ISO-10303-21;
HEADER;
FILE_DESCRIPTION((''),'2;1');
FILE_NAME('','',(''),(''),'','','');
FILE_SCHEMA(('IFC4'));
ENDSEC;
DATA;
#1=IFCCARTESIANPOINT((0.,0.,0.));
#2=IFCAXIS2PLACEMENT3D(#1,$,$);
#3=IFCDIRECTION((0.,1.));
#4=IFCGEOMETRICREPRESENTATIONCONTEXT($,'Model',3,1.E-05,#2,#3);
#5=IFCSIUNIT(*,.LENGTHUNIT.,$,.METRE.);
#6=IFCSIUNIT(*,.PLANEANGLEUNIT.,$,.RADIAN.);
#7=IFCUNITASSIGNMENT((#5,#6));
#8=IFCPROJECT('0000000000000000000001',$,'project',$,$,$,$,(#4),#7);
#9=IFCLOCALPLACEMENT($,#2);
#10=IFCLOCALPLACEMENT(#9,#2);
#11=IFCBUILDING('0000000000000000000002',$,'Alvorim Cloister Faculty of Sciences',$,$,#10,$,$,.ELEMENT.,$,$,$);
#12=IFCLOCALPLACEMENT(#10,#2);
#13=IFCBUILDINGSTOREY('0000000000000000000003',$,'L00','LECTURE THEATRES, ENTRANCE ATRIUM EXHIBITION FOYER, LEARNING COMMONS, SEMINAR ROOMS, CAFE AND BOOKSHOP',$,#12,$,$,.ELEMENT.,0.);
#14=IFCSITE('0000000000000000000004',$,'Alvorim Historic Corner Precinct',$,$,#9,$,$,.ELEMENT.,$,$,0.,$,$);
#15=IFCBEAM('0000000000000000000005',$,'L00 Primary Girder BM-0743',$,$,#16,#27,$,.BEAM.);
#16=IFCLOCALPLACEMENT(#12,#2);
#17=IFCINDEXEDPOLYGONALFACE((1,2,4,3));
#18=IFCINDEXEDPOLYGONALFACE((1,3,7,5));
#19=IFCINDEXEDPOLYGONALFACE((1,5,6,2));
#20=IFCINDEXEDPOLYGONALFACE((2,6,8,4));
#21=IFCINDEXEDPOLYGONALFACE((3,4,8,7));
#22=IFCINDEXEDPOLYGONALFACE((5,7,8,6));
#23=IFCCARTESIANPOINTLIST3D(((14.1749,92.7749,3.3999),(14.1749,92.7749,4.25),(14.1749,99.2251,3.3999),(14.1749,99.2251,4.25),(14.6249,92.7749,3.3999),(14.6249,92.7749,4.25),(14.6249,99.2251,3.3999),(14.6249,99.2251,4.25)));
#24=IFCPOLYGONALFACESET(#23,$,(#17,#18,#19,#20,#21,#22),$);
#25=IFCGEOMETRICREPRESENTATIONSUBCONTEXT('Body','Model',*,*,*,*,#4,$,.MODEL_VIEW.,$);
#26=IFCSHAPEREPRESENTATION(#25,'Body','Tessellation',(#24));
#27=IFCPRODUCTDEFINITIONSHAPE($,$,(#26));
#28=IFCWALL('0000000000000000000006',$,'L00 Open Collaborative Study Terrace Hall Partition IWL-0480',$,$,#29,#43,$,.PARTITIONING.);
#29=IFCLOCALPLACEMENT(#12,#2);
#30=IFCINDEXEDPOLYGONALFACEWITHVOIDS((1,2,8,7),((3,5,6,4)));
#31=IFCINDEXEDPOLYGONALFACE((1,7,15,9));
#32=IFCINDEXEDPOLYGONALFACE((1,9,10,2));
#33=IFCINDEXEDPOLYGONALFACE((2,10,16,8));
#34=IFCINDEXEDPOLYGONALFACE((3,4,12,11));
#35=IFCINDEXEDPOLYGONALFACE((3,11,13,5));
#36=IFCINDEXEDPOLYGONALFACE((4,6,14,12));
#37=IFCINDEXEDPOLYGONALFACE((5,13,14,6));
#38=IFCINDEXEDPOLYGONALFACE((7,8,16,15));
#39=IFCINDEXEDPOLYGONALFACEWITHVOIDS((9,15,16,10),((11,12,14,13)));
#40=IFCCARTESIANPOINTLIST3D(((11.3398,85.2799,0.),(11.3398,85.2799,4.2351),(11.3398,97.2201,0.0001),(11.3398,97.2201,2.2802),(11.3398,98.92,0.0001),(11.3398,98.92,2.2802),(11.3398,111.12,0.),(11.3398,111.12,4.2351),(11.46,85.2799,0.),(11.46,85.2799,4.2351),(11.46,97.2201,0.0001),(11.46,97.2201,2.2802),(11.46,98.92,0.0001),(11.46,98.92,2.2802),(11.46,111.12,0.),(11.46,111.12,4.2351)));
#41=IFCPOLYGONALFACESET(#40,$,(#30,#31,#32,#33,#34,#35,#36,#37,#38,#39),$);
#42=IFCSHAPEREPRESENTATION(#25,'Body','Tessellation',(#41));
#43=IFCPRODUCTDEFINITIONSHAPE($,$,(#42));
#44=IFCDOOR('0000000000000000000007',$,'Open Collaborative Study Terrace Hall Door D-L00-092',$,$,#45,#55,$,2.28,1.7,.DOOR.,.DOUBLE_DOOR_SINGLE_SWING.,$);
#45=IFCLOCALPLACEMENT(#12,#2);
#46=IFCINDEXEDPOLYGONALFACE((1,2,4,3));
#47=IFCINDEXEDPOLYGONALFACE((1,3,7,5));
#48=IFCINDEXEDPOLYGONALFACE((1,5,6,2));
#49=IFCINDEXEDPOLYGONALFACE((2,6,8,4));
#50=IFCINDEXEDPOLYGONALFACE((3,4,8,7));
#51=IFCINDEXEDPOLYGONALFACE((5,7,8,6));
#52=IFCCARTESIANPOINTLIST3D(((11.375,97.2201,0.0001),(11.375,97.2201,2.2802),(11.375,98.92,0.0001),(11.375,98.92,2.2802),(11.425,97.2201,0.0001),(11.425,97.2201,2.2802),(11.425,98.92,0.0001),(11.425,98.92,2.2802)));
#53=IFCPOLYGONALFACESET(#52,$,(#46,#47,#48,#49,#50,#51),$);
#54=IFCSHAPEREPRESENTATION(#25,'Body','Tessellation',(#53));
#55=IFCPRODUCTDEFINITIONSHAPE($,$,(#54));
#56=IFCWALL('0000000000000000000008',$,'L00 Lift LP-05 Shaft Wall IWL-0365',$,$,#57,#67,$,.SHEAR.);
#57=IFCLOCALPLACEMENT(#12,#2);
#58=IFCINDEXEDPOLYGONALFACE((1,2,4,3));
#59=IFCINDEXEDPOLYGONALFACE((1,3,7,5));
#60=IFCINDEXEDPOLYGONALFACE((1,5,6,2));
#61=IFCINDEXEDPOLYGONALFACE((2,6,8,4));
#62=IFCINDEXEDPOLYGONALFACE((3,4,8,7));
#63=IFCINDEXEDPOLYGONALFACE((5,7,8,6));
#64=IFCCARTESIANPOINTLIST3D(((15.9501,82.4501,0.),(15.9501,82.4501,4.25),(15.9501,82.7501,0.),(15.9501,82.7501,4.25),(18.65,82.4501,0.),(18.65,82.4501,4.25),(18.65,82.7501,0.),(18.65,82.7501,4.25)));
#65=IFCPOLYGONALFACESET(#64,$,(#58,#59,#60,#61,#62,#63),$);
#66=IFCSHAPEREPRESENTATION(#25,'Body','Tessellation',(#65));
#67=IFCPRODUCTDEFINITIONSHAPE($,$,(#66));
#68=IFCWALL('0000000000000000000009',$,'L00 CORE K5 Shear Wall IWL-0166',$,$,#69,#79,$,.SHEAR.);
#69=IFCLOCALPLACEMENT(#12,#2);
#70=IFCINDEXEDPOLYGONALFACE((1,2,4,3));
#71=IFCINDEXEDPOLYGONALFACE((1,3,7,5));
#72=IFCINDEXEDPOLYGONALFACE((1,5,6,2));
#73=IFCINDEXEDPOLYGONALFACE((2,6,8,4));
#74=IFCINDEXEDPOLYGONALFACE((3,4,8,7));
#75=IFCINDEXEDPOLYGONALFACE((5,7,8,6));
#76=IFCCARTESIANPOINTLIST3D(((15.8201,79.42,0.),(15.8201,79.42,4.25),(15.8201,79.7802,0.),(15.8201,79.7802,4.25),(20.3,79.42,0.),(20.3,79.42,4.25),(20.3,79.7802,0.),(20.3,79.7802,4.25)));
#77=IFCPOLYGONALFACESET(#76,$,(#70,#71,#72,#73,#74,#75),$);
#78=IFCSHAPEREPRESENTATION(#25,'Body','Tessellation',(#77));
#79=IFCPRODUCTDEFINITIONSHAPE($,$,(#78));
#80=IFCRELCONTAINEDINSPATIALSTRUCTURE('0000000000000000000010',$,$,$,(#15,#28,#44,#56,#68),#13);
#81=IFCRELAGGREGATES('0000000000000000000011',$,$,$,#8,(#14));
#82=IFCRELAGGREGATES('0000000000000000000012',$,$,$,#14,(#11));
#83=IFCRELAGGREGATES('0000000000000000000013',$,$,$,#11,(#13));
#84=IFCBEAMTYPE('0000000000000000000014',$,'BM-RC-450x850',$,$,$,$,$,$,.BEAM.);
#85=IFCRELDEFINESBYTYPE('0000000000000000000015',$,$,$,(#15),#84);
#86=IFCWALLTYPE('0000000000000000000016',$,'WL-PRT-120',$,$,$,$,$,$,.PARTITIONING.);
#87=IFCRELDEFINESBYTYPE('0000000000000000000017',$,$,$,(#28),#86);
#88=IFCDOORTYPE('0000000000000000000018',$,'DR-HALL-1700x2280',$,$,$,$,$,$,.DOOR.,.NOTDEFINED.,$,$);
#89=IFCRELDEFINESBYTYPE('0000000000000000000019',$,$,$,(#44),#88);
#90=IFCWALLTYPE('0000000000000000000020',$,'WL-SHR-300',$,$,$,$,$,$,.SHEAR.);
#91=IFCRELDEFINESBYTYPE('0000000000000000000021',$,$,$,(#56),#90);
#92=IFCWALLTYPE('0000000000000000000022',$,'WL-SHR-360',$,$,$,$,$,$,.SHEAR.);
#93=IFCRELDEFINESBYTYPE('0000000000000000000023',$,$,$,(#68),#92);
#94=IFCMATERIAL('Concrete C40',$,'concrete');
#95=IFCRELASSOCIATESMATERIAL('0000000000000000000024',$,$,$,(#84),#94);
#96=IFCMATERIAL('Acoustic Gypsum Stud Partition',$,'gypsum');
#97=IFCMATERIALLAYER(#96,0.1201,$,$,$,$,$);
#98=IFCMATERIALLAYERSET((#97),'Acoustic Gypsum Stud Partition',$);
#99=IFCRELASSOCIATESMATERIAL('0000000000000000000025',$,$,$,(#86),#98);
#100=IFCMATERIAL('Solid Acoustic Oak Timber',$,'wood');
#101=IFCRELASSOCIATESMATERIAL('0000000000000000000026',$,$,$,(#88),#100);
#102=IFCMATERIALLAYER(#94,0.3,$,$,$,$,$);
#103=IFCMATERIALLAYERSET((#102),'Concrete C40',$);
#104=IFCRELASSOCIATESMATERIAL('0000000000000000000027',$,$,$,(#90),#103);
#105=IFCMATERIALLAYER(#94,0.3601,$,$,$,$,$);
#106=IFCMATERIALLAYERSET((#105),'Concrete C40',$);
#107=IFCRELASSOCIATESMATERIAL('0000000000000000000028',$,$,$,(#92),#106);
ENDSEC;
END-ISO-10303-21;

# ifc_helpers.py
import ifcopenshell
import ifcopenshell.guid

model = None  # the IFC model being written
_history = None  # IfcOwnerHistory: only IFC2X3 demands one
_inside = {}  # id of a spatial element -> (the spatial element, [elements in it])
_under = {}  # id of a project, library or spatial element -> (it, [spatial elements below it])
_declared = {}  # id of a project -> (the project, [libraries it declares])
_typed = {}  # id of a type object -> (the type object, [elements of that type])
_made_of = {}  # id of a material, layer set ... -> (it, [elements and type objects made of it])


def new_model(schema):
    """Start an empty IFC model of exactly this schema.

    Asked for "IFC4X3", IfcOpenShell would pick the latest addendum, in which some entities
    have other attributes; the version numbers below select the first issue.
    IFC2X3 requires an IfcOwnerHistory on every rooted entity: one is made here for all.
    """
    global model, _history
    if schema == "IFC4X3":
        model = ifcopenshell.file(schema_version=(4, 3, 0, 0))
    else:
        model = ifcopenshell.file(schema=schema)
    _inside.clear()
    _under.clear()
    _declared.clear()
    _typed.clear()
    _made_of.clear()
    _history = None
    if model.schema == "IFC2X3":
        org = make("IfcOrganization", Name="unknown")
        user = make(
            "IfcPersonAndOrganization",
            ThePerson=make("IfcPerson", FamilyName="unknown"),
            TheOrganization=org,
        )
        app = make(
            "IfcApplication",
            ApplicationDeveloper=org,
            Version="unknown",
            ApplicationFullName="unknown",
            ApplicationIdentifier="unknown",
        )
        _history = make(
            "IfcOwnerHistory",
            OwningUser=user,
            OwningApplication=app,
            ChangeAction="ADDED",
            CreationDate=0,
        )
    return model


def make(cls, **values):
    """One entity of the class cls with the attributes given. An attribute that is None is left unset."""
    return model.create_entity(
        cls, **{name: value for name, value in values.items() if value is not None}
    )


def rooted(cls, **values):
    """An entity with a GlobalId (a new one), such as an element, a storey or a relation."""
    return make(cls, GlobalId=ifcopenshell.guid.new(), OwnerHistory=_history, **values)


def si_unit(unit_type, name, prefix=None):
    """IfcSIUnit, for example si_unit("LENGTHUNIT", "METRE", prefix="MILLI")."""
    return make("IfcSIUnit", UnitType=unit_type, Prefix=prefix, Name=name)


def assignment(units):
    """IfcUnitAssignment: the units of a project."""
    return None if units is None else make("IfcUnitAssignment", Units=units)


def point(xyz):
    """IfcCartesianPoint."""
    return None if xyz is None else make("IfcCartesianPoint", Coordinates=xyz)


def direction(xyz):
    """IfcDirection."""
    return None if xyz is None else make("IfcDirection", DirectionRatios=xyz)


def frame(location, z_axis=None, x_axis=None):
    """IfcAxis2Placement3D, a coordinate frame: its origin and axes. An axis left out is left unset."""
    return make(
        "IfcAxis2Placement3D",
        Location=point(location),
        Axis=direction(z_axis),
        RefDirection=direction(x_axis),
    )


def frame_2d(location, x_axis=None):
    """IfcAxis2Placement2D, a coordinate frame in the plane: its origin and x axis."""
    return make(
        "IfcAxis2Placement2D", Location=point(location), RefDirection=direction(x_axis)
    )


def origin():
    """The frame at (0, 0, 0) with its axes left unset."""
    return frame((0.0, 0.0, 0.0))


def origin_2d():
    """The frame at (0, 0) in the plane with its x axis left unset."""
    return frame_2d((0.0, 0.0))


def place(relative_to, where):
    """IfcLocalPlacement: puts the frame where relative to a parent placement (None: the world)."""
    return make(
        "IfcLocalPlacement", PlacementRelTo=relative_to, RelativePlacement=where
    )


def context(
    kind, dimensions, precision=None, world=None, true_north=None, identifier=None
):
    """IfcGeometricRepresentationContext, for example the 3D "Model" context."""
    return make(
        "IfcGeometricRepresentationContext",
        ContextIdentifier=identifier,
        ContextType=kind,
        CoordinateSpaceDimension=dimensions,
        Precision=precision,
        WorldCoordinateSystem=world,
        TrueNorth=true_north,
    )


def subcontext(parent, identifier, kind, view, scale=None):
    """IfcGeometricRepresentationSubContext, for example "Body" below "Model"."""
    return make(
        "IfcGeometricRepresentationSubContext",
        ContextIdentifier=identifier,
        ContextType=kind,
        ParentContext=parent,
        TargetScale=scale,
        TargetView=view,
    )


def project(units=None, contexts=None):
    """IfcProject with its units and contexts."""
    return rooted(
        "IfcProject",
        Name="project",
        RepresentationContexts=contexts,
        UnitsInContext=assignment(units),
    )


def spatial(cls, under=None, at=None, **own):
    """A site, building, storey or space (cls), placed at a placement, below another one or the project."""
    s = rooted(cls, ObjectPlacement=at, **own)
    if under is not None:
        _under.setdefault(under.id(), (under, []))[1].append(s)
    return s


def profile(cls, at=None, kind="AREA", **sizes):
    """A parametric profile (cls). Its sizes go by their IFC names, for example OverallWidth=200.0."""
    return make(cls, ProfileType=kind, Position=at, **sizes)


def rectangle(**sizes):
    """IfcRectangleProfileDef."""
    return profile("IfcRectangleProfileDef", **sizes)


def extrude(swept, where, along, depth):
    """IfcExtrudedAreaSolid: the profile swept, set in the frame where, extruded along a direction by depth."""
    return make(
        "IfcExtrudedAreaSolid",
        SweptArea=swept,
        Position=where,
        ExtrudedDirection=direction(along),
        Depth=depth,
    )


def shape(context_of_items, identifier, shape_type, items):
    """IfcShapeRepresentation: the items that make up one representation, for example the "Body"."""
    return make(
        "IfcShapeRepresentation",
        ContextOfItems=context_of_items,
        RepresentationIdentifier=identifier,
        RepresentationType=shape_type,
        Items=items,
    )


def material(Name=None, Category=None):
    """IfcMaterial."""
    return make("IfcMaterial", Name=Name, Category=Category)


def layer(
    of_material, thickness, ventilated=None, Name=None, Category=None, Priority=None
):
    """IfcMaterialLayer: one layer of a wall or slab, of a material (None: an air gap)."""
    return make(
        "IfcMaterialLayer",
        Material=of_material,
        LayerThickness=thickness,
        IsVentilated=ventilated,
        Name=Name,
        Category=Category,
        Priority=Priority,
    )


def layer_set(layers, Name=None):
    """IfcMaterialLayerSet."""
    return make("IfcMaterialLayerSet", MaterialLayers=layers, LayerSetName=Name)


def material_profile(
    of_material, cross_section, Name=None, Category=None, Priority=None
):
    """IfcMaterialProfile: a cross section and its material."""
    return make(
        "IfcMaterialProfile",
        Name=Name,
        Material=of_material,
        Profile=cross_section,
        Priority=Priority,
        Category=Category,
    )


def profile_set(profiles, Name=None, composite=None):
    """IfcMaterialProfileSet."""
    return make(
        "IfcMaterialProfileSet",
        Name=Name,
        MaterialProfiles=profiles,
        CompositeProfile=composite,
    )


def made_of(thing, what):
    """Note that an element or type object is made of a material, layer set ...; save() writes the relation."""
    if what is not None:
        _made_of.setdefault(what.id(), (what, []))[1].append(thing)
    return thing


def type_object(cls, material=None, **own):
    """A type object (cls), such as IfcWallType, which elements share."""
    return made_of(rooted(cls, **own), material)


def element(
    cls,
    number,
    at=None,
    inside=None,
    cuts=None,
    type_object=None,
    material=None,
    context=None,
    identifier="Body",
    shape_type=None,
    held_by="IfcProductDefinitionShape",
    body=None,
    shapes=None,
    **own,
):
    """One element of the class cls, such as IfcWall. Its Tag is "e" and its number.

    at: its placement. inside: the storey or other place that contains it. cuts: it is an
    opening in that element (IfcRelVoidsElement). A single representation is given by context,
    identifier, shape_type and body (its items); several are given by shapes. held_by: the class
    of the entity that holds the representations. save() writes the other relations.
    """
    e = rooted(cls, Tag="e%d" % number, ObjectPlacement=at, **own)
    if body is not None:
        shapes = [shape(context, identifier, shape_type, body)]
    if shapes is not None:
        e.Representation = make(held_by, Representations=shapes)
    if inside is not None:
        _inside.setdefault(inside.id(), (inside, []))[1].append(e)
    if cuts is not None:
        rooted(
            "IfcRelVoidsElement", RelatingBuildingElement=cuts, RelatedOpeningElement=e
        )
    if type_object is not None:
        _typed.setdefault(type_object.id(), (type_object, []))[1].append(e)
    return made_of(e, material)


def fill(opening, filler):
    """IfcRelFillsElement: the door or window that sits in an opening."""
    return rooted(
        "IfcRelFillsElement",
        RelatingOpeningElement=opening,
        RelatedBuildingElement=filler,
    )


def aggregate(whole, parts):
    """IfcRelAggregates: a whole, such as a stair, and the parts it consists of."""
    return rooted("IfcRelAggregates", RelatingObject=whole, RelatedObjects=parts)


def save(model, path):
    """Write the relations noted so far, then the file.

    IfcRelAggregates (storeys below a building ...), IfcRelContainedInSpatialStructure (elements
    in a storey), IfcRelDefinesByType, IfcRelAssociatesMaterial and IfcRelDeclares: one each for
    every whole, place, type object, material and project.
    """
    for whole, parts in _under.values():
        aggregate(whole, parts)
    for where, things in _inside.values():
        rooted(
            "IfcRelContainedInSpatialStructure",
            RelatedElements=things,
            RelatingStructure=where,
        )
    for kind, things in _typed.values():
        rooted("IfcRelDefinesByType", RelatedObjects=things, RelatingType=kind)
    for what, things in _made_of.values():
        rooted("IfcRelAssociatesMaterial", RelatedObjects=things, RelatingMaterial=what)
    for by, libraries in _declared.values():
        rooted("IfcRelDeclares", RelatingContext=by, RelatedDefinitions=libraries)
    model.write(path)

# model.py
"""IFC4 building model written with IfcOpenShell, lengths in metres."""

from ifc_helpers import new_model, si_unit, direction, frame, frame_2d, origin, origin_2d, place, context, subcontext, project, spatial, rectangle, extrude, material, layer, layer_set, material_profile, profile_set, type_object, element, fill, save


model = new_model("IFC4")

# Units and contexts
model_context = context("Model", 3, precision=1e-05, world=origin(), true_north=direction((0.0, 1.0)))
body_context = subcontext(model_context, "Body", "Model", "MODEL_VIEW")
ifc_project = project(units=[si_unit("LENGTHUNIT", "METRE"), si_unit("PLANEANGLEUNIT", "RADIAN")], contexts=[model_context])

# Site, building, storey
site_placement = place(None, origin())
site = spatial("IfcSite", under=ifc_project, at=site_placement, Name="Alvorim Historic Corner Precinct", CompositionType="ELEMENT", RefElevation=0.0)
building_placement = place(site_placement, origin())
building = spatial("IfcBuilding", under=site, at=building_placement, Name="Alvorim Cloister Faculty of Sciences", CompositionType="ELEMENT")
storey_placement = place(building_placement, origin())
storey = spatial("IfcBuildingStorey", under=building, at=storey_placement, Name="L00", Description="LECTURE THEATRES, ENTRANCE ATRIUM EXHIBITION FOYER, LEARNING COMMONS, SEMINAR ROOMS, CAFE AND BOOKSHOP", CompositionType="ELEMENT", Elevation=0.0)

# Shared definitions
ifc_material_1 = material(Name="Concrete C40", Category="concrete")

# Beam
ifc_material_profile_1 = material_profile(ifc_material_1, rectangle(XDim=0.45, YDim=0.8501, at=origin_2d()), Name="RC40-BM-450x850")
ifc_profile_set_1 = profile_set([ifc_material_profile_1], Name="Concrete C40")
beam_type_1 = type_object("IfcBeamType", Name="BM-RC-450x850", PredefinedType="BEAM", material=ifc_profile_set_1)
beam_1_placement = place(storey_placement, frame((14.3999, 92.7749, 3.825), z_axis=(0.0, 1.0, 0.0), x_axis=(-1.0, 0.0, 0.0)))
element("IfcBeam", 1, at=beam_1_placement, inside=storey, type_object=beam_type_1, Name="L00 Primary Girder BM-0743", PredefinedType="BEAM", context=body_context, shape_type="SweptSolid", body=[
    extrude(rectangle(XDim=0.45, YDim=0.8501, at=origin_2d()), origin(), (0.0, 0.0, 1.0), 6.4502),
])

# Wall, opening, door
ifc_material_2 = material(Name="Acoustic Gypsum Stud Partition", Category="gypsum")
ifc_layer_1 = layer(ifc_material_2, 0.1201)
ifc_layer_set_1 = layer_set([ifc_layer_1], Name="Acoustic Gypsum Stud Partition")
wall_type_1 = type_object("IfcWallType", Name="WL-PRT-120", PredefinedType="PARTITIONING", material=ifc_layer_set_1)
wall_1_placement = place(storey_placement, frame((11.3999, 85.28, 0.0), z_axis=(0.0, 0.0, 1.0), x_axis=(0.0, 1.0, 0.0)))
wall_1 = element("IfcWall", 2, at=wall_1_placement, inside=storey, type_object=wall_type_1, Name="L00 Open Collaborative Study Terrace Hall Partition IWL-0480", PredefinedType="PARTITIONING", context=body_context, shape_type="SweptSolid", body=[
    extrude(rectangle(XDim=25.8401, YDim=0.1201, at=frame_2d((12.9199, 0.0))), origin(), (0.0, 0.0, 1.0), 4.2351),
])
opening_placement = place(wall_1_placement, frame((11.9399, 0.0, 0.0)))
opening = element("IfcOpeningElement", 3, at=opening_placement, cuts=wall_1, PredefinedType="OPENING", context=body_context, shape_type="SweptSolid", body=[
    extrude(rectangle(XDim=1.7, YDim=2.28, at=frame_2d((0.8501, 1.1401))), frame((0.0, 0.072, 0.0), z_axis=(0.0, -1.0, 0.0), x_axis=(1.0, 0.0, 0.0)), (0.0, 0.0, 1.0), 0.144),
])
ifc_material_3 = material(Name="Solid Acoustic Oak Timber", Category="wood")
door_type = type_object("IfcDoorType", Name="DR-HALL-1700x2280", OperationType="NOTDEFINED", PredefinedType="DOOR", material=ifc_material_3)
door_placement = place(opening_placement, origin())
door = element("IfcDoor", 4, at=door_placement, inside=storey, type_object=door_type, Name="Open Collaborative Study Terrace Hall Door D-L00-092", OperationType="DOUBLE_DOOR_SINGLE_SWING", OverallHeight=2.28, OverallWidth=1.7, PredefinedType="DOOR", context=body_context, shape_type="SweptSolid", body=[
    extrude(rectangle(XDim=1.7, YDim=2.28, at=frame_2d((0.8501, 1.1401))), frame((0.0, 0.0249, 0.0), z_axis=(0.0, -1.0, 0.0), x_axis=(1.0, 0.0, 0.0)), (0.0, 0.0, 1.0), 0.05),
])
fill(opening, door)

# Walls
ifc_layer_2 = layer(ifc_material_1, 0.3)
ifc_layer_set_2 = layer_set([ifc_layer_2], Name="Concrete C40")
wall_type_2 = type_object("IfcWallType", Name="WL-SHR-300", PredefinedType="SHEAR", material=ifc_layer_set_2)
wall_2_placement = place(storey_placement, frame((15.95, 82.6001, 0.0), z_axis=(0.0, 0.0, 1.0), x_axis=(1.0, 0.0, 0.0)))
element("IfcWall", 5, at=wall_2_placement, inside=storey, type_object=wall_type_2, Name="L00 Lift LP-05 Shaft Wall IWL-0365", PredefinedType="SHEAR", context=body_context, shape_type="SweptSolid", body=[
    extrude(rectangle(XDim=2.7, YDim=0.3, at=frame_2d((1.3501, 0.0))), origin(), (0.0, 0.0, 1.0), 4.25),
])
ifc_layer_3 = layer(ifc_material_1, 0.3601)
ifc_layer_set_3 = layer_set([ifc_layer_3], Name="Concrete C40")
wall_type_3 = type_object("IfcWallType", Name="WL-SHR-360", PredefinedType="SHEAR", material=ifc_layer_set_3)
wall_3_placement = place(storey_placement, frame((15.8201, 79.6001, 0.0), z_axis=(0.0, 0.0, 1.0), x_axis=(1.0, 0.0, 0.0)))
element("IfcWall", 6, at=wall_3_placement, inside=storey, type_object=wall_type_3, Name="L00 CORE K5 Shear Wall IWL-0166", PredefinedType="SHEAR", context=body_context, shape_type="SweptSolid", body=[
    extrude(rectangle(XDim=4.48, YDim=0.3601, at=frame_2d((2.24, 0.0))), origin(), (0.0, 0.0, 1.0), 4.25),
])

save(model, "model.ifc")
